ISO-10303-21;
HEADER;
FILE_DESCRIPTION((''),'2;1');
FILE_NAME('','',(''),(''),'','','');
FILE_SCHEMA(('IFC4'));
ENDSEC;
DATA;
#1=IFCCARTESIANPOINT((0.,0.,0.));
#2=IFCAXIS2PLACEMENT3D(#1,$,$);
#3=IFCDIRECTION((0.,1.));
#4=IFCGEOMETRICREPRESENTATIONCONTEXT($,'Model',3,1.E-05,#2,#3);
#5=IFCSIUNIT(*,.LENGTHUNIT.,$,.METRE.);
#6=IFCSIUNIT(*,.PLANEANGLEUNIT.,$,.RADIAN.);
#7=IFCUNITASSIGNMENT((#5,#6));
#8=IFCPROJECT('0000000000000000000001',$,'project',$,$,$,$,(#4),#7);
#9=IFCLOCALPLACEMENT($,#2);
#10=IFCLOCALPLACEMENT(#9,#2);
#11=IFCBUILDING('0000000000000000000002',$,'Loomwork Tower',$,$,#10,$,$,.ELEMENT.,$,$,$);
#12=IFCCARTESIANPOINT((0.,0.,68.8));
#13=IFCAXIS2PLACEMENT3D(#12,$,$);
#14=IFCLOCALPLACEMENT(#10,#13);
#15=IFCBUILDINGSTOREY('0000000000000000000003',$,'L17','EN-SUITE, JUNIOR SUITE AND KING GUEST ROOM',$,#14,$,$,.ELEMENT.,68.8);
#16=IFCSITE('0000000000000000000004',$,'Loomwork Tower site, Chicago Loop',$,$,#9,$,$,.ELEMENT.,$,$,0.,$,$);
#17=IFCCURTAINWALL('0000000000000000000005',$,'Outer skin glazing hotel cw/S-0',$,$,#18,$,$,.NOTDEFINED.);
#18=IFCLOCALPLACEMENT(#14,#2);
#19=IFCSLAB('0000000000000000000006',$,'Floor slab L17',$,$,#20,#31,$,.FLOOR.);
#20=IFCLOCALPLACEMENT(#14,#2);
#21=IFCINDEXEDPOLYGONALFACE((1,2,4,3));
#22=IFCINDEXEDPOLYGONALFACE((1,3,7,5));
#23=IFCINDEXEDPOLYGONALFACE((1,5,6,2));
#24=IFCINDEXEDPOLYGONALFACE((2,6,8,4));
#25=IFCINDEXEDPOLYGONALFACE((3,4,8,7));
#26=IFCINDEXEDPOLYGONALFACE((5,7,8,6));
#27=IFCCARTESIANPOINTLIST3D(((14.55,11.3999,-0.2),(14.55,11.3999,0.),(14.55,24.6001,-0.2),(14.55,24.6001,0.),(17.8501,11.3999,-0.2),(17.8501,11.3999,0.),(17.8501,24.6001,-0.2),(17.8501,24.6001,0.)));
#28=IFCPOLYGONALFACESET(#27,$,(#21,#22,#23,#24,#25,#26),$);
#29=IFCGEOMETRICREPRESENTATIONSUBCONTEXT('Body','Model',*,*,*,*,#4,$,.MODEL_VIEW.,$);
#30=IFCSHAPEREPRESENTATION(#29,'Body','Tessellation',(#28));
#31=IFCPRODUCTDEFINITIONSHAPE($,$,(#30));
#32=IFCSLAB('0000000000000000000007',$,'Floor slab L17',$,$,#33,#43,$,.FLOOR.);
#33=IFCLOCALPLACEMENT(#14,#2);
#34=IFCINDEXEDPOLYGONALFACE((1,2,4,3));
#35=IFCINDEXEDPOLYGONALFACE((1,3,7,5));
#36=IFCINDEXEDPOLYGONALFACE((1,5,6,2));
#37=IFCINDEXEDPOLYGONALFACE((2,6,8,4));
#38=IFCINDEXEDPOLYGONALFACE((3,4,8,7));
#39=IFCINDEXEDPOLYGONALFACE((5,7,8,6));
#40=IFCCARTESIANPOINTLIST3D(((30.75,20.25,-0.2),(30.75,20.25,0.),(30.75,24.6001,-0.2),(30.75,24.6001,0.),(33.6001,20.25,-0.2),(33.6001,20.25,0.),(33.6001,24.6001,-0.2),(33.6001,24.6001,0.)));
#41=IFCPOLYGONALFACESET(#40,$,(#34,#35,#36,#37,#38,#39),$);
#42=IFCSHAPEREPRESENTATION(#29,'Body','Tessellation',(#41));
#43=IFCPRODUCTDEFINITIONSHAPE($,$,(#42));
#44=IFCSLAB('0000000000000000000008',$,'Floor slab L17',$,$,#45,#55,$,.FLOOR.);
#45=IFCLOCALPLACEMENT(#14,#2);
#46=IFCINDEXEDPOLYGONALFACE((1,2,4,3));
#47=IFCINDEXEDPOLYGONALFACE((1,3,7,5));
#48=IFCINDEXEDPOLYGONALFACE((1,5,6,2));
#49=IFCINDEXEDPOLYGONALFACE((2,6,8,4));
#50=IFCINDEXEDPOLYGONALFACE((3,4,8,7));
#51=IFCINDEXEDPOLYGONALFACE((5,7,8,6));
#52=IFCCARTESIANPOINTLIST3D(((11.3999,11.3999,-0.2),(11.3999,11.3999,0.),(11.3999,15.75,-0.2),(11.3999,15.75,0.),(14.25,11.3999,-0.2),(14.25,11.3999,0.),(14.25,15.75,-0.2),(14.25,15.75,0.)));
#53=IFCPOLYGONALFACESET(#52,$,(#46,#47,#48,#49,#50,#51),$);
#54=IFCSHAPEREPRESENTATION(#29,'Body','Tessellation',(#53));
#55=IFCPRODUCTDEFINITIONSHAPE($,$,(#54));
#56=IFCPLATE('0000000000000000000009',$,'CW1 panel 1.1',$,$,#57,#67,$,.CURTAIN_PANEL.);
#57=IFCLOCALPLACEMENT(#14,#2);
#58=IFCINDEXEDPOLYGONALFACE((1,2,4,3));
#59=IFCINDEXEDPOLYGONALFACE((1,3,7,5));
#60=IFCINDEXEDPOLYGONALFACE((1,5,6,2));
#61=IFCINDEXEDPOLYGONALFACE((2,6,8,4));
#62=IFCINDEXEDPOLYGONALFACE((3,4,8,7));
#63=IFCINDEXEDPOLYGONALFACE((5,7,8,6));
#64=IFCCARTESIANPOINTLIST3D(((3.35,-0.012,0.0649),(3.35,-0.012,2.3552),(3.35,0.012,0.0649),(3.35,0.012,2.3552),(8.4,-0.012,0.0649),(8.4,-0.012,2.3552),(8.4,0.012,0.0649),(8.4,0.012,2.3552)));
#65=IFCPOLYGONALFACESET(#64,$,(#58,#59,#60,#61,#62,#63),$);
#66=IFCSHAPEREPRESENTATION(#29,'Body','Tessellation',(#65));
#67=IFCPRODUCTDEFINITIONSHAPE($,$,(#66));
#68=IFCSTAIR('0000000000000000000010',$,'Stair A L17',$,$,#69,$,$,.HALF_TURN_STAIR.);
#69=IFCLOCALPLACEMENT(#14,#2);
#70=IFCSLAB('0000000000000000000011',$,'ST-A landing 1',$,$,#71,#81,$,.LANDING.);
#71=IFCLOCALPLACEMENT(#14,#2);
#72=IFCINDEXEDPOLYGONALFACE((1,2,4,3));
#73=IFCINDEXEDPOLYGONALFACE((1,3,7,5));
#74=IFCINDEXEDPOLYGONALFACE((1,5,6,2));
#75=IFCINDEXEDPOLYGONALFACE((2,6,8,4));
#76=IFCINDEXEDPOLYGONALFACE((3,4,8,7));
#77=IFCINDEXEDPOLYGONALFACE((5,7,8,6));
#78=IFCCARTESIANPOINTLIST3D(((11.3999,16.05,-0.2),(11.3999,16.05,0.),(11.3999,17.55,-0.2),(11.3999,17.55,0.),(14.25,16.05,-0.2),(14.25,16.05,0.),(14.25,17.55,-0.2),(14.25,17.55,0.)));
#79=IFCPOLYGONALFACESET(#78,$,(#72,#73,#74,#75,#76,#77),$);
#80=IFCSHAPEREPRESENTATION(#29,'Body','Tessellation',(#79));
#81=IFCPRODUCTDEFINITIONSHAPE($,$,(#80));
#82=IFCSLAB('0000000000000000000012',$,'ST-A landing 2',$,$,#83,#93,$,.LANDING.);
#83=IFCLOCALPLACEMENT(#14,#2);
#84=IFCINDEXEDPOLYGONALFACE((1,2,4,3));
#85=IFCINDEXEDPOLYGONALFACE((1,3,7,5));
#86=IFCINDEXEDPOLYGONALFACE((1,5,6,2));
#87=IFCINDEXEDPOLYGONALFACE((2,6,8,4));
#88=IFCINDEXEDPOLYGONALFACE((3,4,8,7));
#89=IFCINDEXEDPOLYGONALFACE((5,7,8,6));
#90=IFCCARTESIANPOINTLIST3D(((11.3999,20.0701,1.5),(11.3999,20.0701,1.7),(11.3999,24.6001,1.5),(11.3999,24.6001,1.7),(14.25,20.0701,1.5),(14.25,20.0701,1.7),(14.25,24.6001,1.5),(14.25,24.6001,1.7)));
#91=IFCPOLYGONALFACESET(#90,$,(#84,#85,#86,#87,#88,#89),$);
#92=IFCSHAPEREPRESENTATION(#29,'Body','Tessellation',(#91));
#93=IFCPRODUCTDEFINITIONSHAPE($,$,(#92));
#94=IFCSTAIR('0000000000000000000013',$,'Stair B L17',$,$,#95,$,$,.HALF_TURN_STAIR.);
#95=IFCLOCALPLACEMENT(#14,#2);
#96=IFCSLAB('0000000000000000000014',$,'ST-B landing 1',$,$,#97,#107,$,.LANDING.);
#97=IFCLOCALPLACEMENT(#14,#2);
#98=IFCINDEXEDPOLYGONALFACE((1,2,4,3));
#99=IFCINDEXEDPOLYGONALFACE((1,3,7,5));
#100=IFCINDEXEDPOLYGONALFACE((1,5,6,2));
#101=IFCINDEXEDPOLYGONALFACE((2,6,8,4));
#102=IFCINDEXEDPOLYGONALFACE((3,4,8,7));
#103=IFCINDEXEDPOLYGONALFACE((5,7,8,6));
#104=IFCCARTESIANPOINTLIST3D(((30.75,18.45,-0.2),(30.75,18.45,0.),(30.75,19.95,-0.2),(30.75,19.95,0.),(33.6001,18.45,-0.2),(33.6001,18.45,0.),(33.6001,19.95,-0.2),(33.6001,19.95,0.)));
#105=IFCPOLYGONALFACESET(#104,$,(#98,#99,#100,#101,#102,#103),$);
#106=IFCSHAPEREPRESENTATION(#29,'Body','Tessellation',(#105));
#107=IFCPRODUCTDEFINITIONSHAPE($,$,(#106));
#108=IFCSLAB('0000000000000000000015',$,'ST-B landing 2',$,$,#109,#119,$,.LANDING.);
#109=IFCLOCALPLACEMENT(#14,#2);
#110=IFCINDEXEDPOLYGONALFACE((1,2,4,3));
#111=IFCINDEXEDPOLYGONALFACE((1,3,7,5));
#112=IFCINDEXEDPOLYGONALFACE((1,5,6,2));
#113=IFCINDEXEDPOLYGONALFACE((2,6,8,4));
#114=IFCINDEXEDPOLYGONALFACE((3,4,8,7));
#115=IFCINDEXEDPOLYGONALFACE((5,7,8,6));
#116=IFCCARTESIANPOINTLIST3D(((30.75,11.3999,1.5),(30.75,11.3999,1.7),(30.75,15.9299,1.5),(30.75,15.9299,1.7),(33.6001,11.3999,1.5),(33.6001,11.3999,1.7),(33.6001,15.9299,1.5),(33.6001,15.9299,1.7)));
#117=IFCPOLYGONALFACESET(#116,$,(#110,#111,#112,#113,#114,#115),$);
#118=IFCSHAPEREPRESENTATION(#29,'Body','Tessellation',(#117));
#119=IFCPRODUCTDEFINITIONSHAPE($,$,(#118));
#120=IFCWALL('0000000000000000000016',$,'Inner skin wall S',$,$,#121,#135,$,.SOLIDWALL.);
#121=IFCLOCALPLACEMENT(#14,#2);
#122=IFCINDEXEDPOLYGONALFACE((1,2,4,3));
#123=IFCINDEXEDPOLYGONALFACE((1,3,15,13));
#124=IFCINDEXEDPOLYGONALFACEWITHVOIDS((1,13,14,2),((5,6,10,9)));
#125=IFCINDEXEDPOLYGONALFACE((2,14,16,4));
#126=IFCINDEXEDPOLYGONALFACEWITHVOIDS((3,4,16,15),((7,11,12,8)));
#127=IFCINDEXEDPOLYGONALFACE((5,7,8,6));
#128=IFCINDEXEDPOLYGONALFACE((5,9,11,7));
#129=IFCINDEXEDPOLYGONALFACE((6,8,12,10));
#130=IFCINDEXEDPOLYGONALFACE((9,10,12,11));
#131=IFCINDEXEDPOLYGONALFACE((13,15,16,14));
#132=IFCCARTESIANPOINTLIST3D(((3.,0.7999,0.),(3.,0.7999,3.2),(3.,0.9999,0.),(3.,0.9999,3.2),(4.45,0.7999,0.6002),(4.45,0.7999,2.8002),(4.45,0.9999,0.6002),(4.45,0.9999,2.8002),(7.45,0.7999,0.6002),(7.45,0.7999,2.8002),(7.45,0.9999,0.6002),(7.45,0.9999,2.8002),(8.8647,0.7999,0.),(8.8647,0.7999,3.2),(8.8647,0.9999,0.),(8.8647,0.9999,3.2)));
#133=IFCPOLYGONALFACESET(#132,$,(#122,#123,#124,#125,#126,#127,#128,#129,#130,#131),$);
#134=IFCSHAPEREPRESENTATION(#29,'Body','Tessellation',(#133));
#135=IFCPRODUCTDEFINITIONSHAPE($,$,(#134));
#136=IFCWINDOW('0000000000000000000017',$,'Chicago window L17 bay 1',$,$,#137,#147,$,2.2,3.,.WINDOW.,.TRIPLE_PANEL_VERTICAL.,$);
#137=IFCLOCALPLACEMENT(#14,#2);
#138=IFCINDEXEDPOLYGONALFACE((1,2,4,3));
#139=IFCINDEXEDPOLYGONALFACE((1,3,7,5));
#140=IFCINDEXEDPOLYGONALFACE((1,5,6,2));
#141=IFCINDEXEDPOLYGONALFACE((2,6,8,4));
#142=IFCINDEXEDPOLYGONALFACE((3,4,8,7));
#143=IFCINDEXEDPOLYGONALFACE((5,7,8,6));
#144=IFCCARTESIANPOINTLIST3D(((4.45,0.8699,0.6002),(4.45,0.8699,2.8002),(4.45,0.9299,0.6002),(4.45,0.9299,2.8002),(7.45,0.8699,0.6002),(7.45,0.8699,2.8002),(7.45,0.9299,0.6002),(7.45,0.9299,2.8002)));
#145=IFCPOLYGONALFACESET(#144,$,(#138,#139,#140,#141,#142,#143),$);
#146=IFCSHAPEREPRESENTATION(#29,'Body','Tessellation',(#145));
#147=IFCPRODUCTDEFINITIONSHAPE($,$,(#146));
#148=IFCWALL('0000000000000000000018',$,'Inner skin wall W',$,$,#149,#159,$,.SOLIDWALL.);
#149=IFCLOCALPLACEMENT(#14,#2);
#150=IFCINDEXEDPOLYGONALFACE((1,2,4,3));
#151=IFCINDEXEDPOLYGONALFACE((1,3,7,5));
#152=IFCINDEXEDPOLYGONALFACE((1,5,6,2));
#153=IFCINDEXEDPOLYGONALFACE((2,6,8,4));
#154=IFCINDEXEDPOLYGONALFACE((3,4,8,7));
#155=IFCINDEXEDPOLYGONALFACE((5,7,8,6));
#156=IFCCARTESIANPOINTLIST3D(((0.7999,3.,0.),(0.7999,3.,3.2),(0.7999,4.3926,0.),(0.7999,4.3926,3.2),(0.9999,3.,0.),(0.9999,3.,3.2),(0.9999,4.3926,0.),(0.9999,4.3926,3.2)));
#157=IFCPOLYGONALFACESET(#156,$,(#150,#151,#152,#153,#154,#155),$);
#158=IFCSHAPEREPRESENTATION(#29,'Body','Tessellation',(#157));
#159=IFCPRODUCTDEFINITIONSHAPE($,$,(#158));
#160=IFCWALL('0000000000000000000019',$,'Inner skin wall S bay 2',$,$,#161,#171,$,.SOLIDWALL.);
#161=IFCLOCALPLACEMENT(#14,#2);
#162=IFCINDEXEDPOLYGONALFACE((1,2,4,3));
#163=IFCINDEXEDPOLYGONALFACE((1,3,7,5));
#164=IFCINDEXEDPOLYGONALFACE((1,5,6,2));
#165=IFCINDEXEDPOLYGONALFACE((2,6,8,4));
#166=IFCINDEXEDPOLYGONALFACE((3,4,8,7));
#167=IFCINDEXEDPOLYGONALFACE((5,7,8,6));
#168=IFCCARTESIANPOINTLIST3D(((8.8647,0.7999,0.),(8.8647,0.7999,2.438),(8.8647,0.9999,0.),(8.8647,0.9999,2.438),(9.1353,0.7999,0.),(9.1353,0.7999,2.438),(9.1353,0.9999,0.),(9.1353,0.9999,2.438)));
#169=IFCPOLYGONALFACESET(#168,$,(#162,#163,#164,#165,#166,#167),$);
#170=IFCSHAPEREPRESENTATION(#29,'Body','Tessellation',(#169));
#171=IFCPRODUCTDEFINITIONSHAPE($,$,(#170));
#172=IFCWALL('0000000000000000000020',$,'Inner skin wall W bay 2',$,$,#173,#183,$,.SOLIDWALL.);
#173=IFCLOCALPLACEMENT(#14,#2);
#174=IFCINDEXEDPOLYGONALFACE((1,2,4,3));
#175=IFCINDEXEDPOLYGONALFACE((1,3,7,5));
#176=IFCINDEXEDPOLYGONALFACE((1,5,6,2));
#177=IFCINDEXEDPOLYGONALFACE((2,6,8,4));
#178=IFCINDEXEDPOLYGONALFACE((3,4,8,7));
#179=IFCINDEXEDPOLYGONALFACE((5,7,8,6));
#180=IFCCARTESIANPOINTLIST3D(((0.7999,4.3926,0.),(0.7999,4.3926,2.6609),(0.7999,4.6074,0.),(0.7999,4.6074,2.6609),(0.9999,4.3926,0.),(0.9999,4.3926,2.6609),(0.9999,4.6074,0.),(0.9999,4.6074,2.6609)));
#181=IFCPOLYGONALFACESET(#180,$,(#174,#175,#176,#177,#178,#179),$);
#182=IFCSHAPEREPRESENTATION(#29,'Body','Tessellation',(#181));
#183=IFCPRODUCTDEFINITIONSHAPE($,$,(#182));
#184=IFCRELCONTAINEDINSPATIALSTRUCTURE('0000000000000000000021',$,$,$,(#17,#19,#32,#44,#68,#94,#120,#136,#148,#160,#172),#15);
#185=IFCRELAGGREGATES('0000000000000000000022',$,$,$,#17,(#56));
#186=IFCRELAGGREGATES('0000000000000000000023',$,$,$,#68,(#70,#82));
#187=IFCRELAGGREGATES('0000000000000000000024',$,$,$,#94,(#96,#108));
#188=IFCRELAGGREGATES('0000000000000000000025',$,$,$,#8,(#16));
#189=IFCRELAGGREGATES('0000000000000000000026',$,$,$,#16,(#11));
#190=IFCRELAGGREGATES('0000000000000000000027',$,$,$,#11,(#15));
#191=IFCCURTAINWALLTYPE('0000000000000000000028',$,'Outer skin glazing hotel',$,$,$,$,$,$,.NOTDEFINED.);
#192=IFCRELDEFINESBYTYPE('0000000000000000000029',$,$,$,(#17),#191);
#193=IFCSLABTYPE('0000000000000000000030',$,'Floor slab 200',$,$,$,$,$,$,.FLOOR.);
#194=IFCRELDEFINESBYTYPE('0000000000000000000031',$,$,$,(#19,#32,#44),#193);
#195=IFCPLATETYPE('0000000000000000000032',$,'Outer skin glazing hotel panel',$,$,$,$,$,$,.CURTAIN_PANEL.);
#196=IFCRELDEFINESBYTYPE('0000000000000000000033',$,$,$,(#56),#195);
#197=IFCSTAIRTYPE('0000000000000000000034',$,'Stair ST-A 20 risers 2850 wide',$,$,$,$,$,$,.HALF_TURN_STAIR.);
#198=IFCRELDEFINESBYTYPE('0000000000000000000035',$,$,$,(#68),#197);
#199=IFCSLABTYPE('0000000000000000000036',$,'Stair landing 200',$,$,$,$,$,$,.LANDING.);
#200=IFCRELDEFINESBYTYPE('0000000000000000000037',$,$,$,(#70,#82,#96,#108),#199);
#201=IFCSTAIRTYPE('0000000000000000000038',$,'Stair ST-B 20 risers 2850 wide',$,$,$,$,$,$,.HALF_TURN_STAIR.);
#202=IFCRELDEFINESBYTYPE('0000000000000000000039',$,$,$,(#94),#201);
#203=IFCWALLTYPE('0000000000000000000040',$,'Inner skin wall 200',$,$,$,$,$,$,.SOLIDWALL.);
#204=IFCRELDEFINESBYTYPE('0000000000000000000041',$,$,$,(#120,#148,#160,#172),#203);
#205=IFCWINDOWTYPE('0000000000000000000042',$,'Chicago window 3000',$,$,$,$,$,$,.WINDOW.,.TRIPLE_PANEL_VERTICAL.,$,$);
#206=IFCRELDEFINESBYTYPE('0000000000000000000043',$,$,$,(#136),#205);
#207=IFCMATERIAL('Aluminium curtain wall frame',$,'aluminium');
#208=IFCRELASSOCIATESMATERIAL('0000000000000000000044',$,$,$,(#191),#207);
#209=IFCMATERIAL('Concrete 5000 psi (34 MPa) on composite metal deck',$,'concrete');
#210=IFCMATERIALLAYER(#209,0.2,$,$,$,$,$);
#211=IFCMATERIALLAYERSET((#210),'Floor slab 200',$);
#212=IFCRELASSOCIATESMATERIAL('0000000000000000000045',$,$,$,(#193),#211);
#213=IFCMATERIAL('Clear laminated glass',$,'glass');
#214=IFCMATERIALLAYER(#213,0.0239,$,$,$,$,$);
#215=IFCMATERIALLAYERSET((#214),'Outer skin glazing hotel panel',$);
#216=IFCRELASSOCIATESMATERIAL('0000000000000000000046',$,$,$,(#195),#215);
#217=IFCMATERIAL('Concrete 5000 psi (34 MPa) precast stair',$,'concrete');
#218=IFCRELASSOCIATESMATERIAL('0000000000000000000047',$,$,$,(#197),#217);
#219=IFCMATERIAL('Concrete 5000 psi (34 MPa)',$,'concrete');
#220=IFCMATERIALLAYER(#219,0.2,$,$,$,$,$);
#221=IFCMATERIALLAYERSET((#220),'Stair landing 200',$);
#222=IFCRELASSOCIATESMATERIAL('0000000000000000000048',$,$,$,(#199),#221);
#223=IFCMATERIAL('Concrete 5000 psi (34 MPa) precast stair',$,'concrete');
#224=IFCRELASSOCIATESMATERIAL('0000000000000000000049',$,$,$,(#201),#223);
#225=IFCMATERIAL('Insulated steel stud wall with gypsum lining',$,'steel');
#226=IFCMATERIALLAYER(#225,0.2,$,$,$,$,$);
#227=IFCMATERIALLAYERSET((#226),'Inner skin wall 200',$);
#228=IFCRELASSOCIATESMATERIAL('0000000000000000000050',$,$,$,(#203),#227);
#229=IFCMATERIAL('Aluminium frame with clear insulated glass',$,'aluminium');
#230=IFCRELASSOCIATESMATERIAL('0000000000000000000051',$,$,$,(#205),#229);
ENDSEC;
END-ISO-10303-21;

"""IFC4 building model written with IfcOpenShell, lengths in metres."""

from ifc_helpers import new_model, si_unit, direction, frame, frame_2d, origin, origin_2d, place, context, subcontext, project, spatial, polyline, rectangle, outline, extrude, material, layer, layer_set, type_object, element, fill, aggregate, save


model = new_model("IFC4")

# Units and contexts
model_context = context("Model", 3, precision=1e-05, world=origin(), true_north=direction((0.0, 1.0)))
body_context = subcontext(model_context, "Body", "Model", "MODEL_VIEW")
ifc_project = project(units=[si_unit("LENGTHUNIT", "METRE"), si_unit("PLANEANGLEUNIT", "RADIAN")], contexts=[model_context])

# Site, building, storey
site_placement = place(None, origin())
site = spatial("IfcSite", under=ifc_project, at=site_placement, Name="Loomwork Tower site, Chicago Loop", CompositionType="ELEMENT", RefElevation=0.0)
building_placement = place(site_placement, origin())
building = spatial("IfcBuilding", under=site, at=building_placement, Name="Loomwork Tower", CompositionType="ELEMENT")
storey_placement = place(building_placement, frame((0.0, 0.0, 68.8)))
storey = spatial("IfcBuildingStorey", under=building, at=storey_placement, Name="L17", Description="EN-SUITE, JUNIOR SUITE AND KING GUEST ROOM", CompositionType="ELEMENT", Elevation=68.8)

# Curtain wall
ifc_material_1 = material(Name="Aluminium curtain wall frame", Category="aluminium")
curtain_wall_type = type_object("IfcCurtainWallType", Name="Outer skin glazing hotel", PredefinedType="NOTDEFINED", material=ifc_material_1)
curtain_wall_1_placement = place(storey_placement, origin())
curtain_wall_1 = element("IfcCurtainWall", 1, at=curtain_wall_1_placement, inside=storey, type_object=curtain_wall_type, Name="Outer skin glazing hotel cw/S-0", PredefinedType="NOTDEFINED")

# Slabs
ifc_material_2 = material(Name="Concrete 5000 psi (34 MPa) on composite metal deck", Category="concrete")
ifc_layer_1 = layer(ifc_material_2, 0.2)
ifc_layer_set_1 = layer_set([ifc_layer_1], Name="Floor slab 200")
slab_type_1 = type_object("IfcSlabType", Name="Floor slab 200", PredefinedType="FLOOR", material=ifc_layer_set_1)
slab_1_placement = place(storey_placement, frame((0.0, 0.0, -0.2)))
element("IfcSlab", 2, at=slab_1_placement, inside=storey, type_object=slab_type_1, Name="Floor slab L17", PredefinedType="FLOOR", context=body_context, shape_type="SweptSolid", body=[
    extrude(outline(polyline([(14.55, 11.3999), (14.55, 24.6001), (17.8501, 24.6001), (17.8501, 11.3999), (14.55, 11.3999)])), origin(), (0.0, 0.0, 1.0), 0.2),
])
slab_2_placement = place(storey_placement, frame((0.0, 0.0, -0.2)))
element("IfcSlab", 3, at=slab_2_placement, inside=storey, type_object=slab_type_1, Name="Floor slab L17", PredefinedType="FLOOR", context=body_context, shape_type="SweptSolid", body=[
    extrude(outline(polyline([(33.6001, 20.25), (30.75, 20.25), (30.75, 24.6001), (33.6001, 24.6001), (33.6001, 20.25)])), origin(), (0.0, 0.0, 1.0), 0.2),
])
slab_3_placement = place(storey_placement, frame((0.0, 0.0, -0.2)))
element("IfcSlab", 4, at=slab_3_placement, inside=storey, type_object=slab_type_1, Name="Floor slab L17", PredefinedType="FLOOR", context=body_context, shape_type="SweptSolid", body=[
    extrude(outline(polyline([(14.25, 15.75), (14.25, 11.3999), (11.3999, 11.3999), (11.3999, 15.75), (14.25, 15.75)])), origin(), (0.0, 0.0, 1.0), 0.2),
])

# Plate
ifc_material_3 = material(Name="Clear laminated glass", Category="glass")
ifc_layer_2 = layer(ifc_material_3, 0.0239)
ifc_layer_set_2 = layer_set([ifc_layer_2], Name="Outer skin glazing hotel panel")
plate_type = type_object("IfcPlateType", Name="Outer skin glazing hotel panel", PredefinedType="CURTAIN_PANEL", material=ifc_layer_set_2)
plate_placement = place(storey_placement, frame((5.875, 0.0, 0.0649), z_axis=(0.0, 0.0, 1.0), x_axis=(1.0, 0.0, 0.0)))
plate = element("IfcPlate", 5, at=plate_placement, type_object=plate_type, Name="CW1 panel 1.1", PredefinedType="CURTAIN_PANEL", context=body_context, shape_type="SweptSolid", body=[
    extrude(rectangle(XDim=5.05, YDim=0.0239, at=origin_2d()), origin(), (0.0, 0.0, 1.0), 2.2903),
])
aggregate(curtain_wall_1, [plate])

# Stairs, slabs
ifc_material_4 = material(Name="Concrete 5000 psi (34 MPa) precast stair", Category="concrete")
stair_type_1 = type_object("IfcStairType", Name="Stair ST-A 20 risers 2850 wide", PredefinedType="HALF_TURN_STAIR", material=ifc_material_4)
stair_1_placement = place(storey_placement, origin())
stair_1 = element("IfcStair", 6, at=stair_1_placement, inside=storey, type_object=stair_type_1, Name="Stair A L17", PredefinedType="HALF_TURN_STAIR")
ifc_material_5 = material(Name="Concrete 5000 psi (34 MPa)", Category="concrete")
ifc_layer_3 = layer(ifc_material_5, 0.2)
ifc_layer_set_3 = layer_set([ifc_layer_3], Name="Stair landing 200")
slab_type_2 = type_object("IfcSlabType", Name="Stair landing 200", PredefinedType="LANDING", material=ifc_layer_set_3)
slab_4_placement = place(storey_placement, frame((0.0, 0.0, -0.2)))
slab_4 = element("IfcSlab", 7, at=slab_4_placement, type_object=slab_type_2, Name="ST-A landing 1", PredefinedType="LANDING", context=body_context, shape_type="SweptSolid", body=[
    extrude(outline(polyline([(11.3999, 16.05), (14.25, 16.05), (14.25, 17.55), (11.3999, 17.55), (11.3999, 16.05)])), origin(), (0.0, 0.0, 1.0), 0.2),
])
slab_5_placement = place(storey_placement, frame((0.0, 0.0, 1.5)))
slab_5 = element("IfcSlab", 8, at=slab_5_placement, type_object=slab_type_2, Name="ST-A landing 2", PredefinedType="LANDING", context=body_context, shape_type="SweptSolid", body=[
    extrude(outline(polyline([(11.3999, 20.0701), (14.25, 20.0701), (14.25, 24.6001), (11.3999, 24.6001), (11.3999, 20.0701)])), origin(), (0.0, 0.0, 1.0), 0.2),
])
aggregate(stair_1, [slab_4, slab_5])
ifc_material_6 = material(Name="Concrete 5000 psi (34 MPa) precast stair", Category="concrete")
stair_type_2 = type_object("IfcStairType", Name="Stair ST-B 20 risers 2850 wide", PredefinedType="HALF_TURN_STAIR", material=ifc_material_6)
stair_2_placement = place(storey_placement, origin())
stair_2 = element("IfcStair", 9, at=stair_2_placement, inside=storey, type_object=stair_type_2, Name="Stair B L17", PredefinedType="HALF_TURN_STAIR")
slab_6_placement = place(storey_placement, frame((0.0, 0.0, -0.2)))
slab_6 = element("IfcSlab", 10, at=slab_6_placement, type_object=slab_type_2, Name="ST-B landing 1", PredefinedType="LANDING", context=body_context, shape_type="SweptSolid", body=[
    extrude(outline(polyline([(30.75, 18.45), (33.6001, 18.45), (33.6001, 19.95), (30.75, 19.95), (30.75, 18.45)])), origin(), (0.0, 0.0, 1.0), 0.2),
])
slab_7_placement = place(storey_placement, frame((0.0, 0.0, 1.5)))
slab_7 = element("IfcSlab", 11, at=slab_7_placement, type_object=slab_type_2, Name="ST-B landing 2", PredefinedType="LANDING", context=body_context, shape_type="SweptSolid", body=[
    extrude(outline(polyline([(30.75, 11.3999), (33.6001, 11.3999), (33.6001, 15.9299), (30.75, 15.9299), (30.75, 11.3999)])), origin(), (0.0, 0.0, 1.0), 0.2),
])
aggregate(stair_2, [slab_6, slab_7])

# Wall, opening, window
ifc_material_7 = material(Name="Insulated steel stud wall with gypsum lining", Category="steel")
ifc_layer_4 = layer(ifc_material_7, 0.2)
ifc_layer_set_4 = layer_set([ifc_layer_4], Name="Inner skin wall 200")
wall_type_1 = type_object("IfcWallType", Name="Inner skin wall 200", PredefinedType="SOLIDWALL", material=ifc_layer_set_4)
wall_1_placement = place(storey_placement, frame((3.0, 0.8999, 0.0), z_axis=(0.0, 0.0, 1.0), x_axis=(1.0, 0.0, 0.0)))
wall_1 = element("IfcWall", 12, at=wall_1_placement, inside=storey, type_object=wall_type_1, Name="Inner skin wall S", PredefinedType="SOLIDWALL", context=body_context, shape_type="SweptSolid", body=[
    extrude(rectangle(XDim=5.8647, YDim=0.2, at=frame_2d((2.9324, 0.0))), origin(), (0.0, 0.0, 1.0), 3.2),
])
opening_1_placement = place(wall_1_placement, frame((1.45, 0.0, 0.6001)))
opening_1 = element("IfcOpeningElement", 13, at=opening_1_placement, cuts=wall_1, PredefinedType="OPENING", context=body_context, shape_type="SweptSolid", body=[
    extrude(rectangle(XDim=3.0, YDim=2.2, at=frame_2d((1.5, 1.1001))), frame((0.0, 0.1099, 0.0), z_axis=(0.0, -1.0, 0.0), x_axis=(1.0, 0.0, 0.0)), (0.0, 0.0, 1.0), 0.22),
])
ifc_material_8 = material(Name="Aluminium frame with clear insulated glass", Category="aluminium")
window_type_1 = type_object("IfcWindowType", Name="Chicago window 3000", PartitioningType="TRIPLE_PANEL_VERTICAL", PredefinedType="WINDOW", material=ifc_material_8)
window_1_placement = place(opening_1_placement, origin())
window_1 = element("IfcWindow", 14, at=window_1_placement, inside=storey, type_object=window_type_1, Name="Chicago window L17 bay 1", OverallHeight=2.2, OverallWidth=3.0, PartitioningType="TRIPLE_PANEL_VERTICAL", PredefinedType="WINDOW", context=body_context, shape_type="SweptSolid", body=[
    extrude(rectangle(XDim=3.0, YDim=2.2, at=frame_2d((1.5, 1.1001))), frame((0.0, 0.03, 0.0), z_axis=(0.0, -1.0, 0.0), x_axis=(1.0, 0.0, 0.0)), (0.0, 0.0, 1.0), 0.0601),
])
fill(opening_1, window_1)

# Walls
wall_2_placement = place(storey_placement, frame((0.8999, 3.0, 0.0), z_axis=(0.0, 0.0, 1.0), x_axis=(0.0, 1.0, 0.0)))
element("IfcWall", 15, at=wall_2_placement, inside=storey, type_object=wall_type_1, Name="Inner skin wall W", PredefinedType="SOLIDWALL", context=body_context, shape_type="SweptSolid", body=[
    extrude(rectangle(XDim=1.3926, YDim=0.2, at=frame_2d((0.6963, 0.0))), origin(), (0.0, 0.0, 1.0), 3.2),
])
wall_3_placement = place(storey_placement, frame((8.8647, 0.8999, 0.0), z_axis=(0.0, 0.0, 1.0), x_axis=(1.0, 0.0, 0.0)))
element("IfcWall", 16, at=wall_3_placement, inside=storey, type_object=wall_type_1, Name="Inner skin wall S bay 2", PredefinedType="SOLIDWALL", context=body_context, shape_type="SweptSolid", body=[
    extrude(rectangle(XDim=0.2705, YDim=0.2, at=frame_2d((0.1353, 0.0))), origin(), (0.0, 0.0, 1.0), 2.438),
])
wall_4_placement = place(storey_placement, frame((0.8999, 4.3926, 0.0), z_axis=(0.0, 0.0, 1.0), x_axis=(0.0, 1.0, 0.0)))
element("IfcWall", 17, at=wall_4_placement, inside=storey, type_object=wall_type_1, Name="Inner skin wall W bay 2", PredefinedType="SOLIDWALL", context=body_context, shape_type="SweptSolid", body=[
    extrude(rectangle(XDim=0.2148, YDim=0.2, at=frame_2d((0.1074, 0.0))), origin(), (0.0, 0.0, 1.0), 2.6609),
])

save(model, "model.ifc")
